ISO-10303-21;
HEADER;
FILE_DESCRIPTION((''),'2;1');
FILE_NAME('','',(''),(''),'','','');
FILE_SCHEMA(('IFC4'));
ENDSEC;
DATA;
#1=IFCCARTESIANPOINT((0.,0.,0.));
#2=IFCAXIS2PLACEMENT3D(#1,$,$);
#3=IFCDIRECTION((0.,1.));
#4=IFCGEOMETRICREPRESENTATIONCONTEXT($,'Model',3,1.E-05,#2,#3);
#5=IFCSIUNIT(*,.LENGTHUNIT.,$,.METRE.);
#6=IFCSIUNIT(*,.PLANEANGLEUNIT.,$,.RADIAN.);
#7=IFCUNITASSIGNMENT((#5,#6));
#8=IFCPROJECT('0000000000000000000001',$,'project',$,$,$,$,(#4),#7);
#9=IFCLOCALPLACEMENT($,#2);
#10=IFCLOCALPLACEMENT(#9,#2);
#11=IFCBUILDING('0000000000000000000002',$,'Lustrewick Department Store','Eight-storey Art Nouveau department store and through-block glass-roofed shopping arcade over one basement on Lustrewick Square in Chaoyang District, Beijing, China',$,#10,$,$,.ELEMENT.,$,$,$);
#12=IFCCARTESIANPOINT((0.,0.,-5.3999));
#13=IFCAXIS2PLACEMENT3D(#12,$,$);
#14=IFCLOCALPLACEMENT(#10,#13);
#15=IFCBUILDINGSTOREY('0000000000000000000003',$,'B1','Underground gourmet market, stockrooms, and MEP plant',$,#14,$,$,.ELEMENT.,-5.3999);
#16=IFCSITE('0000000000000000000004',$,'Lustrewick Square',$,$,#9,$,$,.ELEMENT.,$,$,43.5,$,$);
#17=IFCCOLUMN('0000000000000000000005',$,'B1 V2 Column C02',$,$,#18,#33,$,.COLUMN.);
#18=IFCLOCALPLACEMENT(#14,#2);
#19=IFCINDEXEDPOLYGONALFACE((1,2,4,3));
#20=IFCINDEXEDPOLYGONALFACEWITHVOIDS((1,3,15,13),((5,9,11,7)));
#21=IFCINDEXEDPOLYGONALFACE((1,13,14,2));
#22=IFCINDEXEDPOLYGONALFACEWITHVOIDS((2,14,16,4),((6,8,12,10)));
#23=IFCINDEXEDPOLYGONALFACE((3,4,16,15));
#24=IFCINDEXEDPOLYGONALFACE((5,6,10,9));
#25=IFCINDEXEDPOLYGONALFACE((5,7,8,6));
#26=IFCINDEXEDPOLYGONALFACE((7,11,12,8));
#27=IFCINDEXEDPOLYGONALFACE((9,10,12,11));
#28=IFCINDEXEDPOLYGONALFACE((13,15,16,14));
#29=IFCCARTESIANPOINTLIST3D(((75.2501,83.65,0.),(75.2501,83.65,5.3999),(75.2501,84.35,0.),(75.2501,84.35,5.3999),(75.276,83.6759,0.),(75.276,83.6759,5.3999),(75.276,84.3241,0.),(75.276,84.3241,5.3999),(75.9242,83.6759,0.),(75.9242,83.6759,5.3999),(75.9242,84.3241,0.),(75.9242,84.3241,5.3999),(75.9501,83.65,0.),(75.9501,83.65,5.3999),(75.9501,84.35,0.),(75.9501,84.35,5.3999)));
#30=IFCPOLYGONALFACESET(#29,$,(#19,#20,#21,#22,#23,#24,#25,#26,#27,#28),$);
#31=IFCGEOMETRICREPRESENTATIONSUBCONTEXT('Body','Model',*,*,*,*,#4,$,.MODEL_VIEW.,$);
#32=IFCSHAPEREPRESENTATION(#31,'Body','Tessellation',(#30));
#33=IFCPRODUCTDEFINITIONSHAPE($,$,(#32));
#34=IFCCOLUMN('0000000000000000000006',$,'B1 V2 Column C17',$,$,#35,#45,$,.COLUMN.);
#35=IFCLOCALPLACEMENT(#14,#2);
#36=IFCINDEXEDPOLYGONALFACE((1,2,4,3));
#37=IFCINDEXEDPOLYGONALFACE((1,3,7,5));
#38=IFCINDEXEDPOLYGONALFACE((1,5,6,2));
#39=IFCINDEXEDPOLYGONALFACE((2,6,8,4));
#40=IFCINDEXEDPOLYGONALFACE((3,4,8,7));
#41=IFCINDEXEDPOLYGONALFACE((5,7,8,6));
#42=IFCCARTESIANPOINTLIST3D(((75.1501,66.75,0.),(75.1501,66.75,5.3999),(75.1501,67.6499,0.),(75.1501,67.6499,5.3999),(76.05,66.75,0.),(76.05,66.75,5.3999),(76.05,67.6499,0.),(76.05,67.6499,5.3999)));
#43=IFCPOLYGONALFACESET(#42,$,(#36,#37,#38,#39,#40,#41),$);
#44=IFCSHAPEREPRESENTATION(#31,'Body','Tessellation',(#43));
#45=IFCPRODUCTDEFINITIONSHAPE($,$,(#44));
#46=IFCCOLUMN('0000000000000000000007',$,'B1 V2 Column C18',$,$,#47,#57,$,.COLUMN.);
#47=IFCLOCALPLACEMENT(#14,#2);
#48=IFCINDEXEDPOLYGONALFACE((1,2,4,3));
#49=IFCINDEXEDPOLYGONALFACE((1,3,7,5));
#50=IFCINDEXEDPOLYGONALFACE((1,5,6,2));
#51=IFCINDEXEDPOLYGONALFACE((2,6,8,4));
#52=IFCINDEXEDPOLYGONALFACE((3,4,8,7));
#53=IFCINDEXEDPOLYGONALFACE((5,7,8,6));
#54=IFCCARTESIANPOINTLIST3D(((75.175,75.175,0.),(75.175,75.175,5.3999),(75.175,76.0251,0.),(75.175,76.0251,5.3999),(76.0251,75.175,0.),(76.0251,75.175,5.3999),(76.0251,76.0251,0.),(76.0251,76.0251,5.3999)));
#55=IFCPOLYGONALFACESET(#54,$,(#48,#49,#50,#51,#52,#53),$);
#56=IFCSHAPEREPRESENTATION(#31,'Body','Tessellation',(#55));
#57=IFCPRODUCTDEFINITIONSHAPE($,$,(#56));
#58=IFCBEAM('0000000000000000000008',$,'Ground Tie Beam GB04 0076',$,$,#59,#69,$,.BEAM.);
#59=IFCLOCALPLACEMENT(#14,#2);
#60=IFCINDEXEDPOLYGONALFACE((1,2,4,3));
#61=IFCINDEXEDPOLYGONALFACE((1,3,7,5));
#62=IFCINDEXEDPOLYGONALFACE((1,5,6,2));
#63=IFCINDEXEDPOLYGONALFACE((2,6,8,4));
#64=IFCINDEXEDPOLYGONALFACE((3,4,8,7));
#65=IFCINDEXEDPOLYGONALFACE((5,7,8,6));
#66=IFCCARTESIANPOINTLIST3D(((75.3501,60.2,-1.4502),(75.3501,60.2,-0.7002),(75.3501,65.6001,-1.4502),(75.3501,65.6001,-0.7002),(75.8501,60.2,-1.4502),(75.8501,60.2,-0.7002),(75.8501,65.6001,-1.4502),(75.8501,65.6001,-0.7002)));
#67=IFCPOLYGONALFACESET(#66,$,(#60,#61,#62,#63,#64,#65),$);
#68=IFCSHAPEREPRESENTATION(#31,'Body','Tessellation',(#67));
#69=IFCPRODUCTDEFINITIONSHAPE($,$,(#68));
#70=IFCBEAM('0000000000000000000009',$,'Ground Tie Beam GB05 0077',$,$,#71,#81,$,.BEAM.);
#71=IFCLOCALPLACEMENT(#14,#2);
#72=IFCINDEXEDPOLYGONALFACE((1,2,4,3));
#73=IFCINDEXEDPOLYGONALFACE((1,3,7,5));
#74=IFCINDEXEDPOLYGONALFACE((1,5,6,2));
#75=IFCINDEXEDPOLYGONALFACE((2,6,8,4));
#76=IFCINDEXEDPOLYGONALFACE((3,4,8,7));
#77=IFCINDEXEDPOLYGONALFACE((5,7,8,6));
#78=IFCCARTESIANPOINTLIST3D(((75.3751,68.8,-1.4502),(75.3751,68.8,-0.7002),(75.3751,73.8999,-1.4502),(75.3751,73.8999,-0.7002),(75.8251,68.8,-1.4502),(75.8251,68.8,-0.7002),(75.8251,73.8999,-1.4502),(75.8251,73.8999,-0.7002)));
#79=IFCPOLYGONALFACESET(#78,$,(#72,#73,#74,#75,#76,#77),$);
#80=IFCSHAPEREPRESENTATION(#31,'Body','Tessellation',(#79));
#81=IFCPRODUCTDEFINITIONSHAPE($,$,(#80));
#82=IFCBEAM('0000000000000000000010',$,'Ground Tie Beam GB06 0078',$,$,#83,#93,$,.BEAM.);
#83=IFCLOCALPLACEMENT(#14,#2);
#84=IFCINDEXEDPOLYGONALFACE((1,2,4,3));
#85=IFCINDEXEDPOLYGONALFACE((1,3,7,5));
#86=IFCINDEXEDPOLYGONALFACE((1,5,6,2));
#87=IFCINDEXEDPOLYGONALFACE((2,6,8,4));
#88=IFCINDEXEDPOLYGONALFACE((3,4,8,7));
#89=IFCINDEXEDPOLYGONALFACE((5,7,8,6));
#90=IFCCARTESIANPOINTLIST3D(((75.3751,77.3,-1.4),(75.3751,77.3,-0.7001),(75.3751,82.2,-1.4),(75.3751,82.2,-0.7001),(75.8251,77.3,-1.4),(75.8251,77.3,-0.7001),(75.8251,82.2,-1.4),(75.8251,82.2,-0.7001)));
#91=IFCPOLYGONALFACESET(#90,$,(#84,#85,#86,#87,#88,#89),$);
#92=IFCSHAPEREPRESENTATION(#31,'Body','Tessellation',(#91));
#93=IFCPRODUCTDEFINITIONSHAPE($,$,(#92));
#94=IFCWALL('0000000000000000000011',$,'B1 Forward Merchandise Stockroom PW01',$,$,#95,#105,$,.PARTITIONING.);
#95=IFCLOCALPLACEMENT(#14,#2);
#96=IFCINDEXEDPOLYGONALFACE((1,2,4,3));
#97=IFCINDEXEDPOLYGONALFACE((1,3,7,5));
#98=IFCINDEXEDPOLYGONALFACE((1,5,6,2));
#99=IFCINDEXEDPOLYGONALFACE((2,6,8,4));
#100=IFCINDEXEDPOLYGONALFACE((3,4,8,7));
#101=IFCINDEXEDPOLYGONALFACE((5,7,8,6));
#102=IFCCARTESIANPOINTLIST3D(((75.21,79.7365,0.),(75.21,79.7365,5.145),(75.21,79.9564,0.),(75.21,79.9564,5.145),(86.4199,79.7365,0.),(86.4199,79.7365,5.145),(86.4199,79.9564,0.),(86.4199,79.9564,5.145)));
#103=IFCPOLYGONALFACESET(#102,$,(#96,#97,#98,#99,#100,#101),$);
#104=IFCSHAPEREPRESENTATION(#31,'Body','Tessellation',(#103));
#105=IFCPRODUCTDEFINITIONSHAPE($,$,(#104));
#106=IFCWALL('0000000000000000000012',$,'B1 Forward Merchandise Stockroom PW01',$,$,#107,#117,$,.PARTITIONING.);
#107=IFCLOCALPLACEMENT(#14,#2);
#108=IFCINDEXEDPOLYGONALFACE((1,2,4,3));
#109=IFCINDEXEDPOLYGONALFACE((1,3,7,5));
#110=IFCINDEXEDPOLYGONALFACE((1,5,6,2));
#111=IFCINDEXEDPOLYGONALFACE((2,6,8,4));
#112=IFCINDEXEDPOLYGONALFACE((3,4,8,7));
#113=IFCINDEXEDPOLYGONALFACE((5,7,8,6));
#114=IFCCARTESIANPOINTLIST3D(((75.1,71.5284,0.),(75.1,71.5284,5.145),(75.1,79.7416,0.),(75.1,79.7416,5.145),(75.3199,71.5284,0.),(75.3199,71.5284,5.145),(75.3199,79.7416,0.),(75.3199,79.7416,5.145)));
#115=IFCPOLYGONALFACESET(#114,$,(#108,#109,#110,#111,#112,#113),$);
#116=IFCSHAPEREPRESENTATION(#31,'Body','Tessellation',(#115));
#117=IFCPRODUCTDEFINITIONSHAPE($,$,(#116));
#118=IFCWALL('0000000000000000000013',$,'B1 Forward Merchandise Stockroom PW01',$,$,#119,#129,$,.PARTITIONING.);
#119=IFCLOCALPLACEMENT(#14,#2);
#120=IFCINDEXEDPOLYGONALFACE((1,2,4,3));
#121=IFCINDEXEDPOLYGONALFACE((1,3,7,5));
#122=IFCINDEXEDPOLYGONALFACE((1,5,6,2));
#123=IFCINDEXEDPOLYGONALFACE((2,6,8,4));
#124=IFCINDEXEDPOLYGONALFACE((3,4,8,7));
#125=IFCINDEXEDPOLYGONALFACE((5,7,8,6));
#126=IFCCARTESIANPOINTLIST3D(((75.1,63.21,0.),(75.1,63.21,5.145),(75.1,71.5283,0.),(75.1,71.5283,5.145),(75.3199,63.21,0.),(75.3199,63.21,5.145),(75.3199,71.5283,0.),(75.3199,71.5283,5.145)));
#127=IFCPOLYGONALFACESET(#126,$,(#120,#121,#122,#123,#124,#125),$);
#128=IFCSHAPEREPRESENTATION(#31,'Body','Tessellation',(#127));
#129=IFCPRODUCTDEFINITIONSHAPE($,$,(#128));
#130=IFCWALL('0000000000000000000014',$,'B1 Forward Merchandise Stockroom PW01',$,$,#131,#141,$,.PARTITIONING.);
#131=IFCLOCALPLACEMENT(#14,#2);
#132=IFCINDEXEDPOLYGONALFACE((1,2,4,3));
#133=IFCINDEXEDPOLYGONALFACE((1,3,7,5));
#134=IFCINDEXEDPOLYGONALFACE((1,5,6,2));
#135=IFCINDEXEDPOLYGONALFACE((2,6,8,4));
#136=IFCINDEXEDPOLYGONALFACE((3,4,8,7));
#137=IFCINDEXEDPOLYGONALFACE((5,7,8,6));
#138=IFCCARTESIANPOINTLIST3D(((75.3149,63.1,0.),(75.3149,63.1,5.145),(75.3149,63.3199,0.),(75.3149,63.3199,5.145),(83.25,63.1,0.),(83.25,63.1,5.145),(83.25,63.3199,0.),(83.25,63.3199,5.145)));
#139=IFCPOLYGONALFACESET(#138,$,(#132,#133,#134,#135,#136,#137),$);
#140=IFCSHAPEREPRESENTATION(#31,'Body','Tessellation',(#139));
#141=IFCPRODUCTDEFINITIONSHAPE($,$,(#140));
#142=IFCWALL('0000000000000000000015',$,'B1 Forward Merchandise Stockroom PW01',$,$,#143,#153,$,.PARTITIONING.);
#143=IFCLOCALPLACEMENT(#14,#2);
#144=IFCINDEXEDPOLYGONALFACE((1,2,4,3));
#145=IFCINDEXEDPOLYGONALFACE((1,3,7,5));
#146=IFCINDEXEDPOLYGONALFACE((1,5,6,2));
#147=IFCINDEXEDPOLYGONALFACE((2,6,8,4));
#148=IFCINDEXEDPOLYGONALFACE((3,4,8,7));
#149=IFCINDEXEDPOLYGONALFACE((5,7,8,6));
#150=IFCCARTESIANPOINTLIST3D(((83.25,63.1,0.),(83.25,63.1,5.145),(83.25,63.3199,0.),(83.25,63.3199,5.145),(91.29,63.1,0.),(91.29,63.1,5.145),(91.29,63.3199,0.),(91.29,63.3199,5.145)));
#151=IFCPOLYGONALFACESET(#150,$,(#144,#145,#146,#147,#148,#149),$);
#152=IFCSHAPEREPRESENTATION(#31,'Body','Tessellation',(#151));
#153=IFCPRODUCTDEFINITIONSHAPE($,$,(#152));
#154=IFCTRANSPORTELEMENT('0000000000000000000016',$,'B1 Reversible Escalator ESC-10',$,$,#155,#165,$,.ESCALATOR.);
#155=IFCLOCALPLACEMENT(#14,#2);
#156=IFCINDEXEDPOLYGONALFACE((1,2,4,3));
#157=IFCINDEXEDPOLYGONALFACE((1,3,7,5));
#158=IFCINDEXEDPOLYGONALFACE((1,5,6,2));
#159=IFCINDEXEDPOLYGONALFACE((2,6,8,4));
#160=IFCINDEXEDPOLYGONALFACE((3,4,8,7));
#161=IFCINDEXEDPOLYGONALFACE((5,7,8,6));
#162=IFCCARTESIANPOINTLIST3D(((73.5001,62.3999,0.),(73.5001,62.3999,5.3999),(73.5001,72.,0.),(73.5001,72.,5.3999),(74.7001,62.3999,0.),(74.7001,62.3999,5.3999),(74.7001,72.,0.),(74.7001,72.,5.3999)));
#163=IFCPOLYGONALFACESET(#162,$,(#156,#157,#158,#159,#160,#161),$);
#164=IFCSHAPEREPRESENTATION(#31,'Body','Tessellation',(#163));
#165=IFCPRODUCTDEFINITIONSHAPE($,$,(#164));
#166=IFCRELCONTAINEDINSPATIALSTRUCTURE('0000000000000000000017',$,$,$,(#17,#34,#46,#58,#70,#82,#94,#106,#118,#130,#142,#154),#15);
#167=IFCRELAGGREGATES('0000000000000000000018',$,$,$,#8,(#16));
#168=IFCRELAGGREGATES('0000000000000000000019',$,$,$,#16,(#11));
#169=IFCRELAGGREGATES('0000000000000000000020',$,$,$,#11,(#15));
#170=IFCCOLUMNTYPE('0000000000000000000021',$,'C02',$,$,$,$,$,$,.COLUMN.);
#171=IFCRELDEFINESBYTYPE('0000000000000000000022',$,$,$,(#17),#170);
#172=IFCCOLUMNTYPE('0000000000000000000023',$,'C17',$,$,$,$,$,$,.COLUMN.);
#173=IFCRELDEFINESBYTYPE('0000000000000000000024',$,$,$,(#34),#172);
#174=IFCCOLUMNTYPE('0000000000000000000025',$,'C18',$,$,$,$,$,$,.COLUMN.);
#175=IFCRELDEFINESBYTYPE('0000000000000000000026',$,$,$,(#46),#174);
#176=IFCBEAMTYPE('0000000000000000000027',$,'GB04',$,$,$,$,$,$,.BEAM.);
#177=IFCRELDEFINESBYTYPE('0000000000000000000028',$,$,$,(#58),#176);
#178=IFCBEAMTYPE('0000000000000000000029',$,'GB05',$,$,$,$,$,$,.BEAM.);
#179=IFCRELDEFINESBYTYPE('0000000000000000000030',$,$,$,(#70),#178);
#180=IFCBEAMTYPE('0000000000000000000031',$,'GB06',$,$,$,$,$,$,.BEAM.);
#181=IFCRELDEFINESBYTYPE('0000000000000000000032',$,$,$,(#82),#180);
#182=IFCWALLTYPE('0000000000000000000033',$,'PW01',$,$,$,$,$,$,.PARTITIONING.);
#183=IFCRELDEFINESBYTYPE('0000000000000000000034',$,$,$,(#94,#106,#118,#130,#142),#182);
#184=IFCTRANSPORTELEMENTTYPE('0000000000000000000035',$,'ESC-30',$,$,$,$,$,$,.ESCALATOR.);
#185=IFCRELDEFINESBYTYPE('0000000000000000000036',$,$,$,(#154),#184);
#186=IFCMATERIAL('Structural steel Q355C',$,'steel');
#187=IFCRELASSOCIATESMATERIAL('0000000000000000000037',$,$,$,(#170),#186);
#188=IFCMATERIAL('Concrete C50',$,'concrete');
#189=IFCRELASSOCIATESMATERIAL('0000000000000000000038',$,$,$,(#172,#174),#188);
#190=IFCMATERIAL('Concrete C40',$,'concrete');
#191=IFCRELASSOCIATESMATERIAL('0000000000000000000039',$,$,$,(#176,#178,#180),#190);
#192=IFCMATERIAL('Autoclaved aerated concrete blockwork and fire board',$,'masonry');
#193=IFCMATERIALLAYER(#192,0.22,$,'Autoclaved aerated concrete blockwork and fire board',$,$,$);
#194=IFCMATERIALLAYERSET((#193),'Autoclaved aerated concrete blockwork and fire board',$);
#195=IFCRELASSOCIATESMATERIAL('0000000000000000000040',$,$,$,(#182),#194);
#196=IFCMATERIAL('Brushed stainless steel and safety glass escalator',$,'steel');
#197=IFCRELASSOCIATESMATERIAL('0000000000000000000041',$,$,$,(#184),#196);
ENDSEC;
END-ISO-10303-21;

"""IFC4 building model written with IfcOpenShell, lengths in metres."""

from ifc_helpers import new_model, si_unit, direction, frame, frame_2d, origin, origin_2d, place, context, subcontext, project, spatial, rectangle, hollow_rectangle, extrude, material, layer, layer_set, material_profile, profile_set, type_object, element, save


model = new_model("IFC4")

# Units and contexts
model_context = context("Model", 3, precision=1e-05, world=origin(), true_north=direction((0.0, 1.0)))
body_context = subcontext(model_context, "Body", "Model", "MODEL_VIEW")
ifc_project = project(units=[si_unit("LENGTHUNIT", "METRE"), si_unit("PLANEANGLEUNIT", "RADIAN")], contexts=[model_context])

# Site, building, storey
site_placement = place(None, origin())
site = spatial("IfcSite", under=ifc_project, at=site_placement, Name="Lustrewick Square", CompositionType="ELEMENT", RefElevation=43.5)
building_placement = place(site_placement, origin())
building = spatial("IfcBuilding", under=site, at=building_placement, Name="Lustrewick Department Store", Description="Eight-storey Art Nouveau department store and through-block glass-roofed shopping arcade over one basement on Lustrewick Square in Chaoyang District, Beijing, China", CompositionType="ELEMENT")
storey_placement = place(building_placement, frame((0.0, 0.0, -5.3999)))
storey = spatial("IfcBuildingStorey", under=building, at=storey_placement, Name="B1", Description="Underground gourmet market, stockrooms, and MEP plant", CompositionType="ELEMENT", Elevation=-5.3999)

# Shared definitions
ifc_material_1 = material(Name="Concrete C40", Category="concrete")

# Columns
ifc_material_2 = material(Name="Structural steel Q355C", Category="steel")
ifc_material_profile_1 = material_profile(ifc_material_2, hollow_rectangle(XDim=0.7, YDim=0.7, WallThickness=0.0259, at=origin_2d()), Name="BOX 700x700x26")
ifc_profile_set_1 = profile_set([ifc_material_profile_1], Name="Structural steel Q355C")
column_type_1 = type_object("IfcColumnType", Name="C02", PredefinedType="COLUMN", material=ifc_profile_set_1)
column_1_placement = place(storey_placement, frame((75.6001, 84.0, 0.0), z_axis=(0.0, 0.0, 1.0), x_axis=(1.0, 0.0, 0.0)))
element("IfcColumn", 1, at=column_1_placement, inside=storey, type_object=column_type_1, Name="B1 V2 Column C02", PredefinedType="COLUMN", context=body_context, shape_type="SweptSolid", body=[
    extrude(hollow_rectangle(XDim=0.7, YDim=0.7, WallThickness=0.0259, at=origin_2d()), origin(), (0.0, 0.0, 1.0), 5.3999),
])
ifc_material_3 = material(Name="Concrete C50", Category="concrete")
ifc_material_profile_2 = material_profile(ifc_material_3, rectangle(XDim=0.8999, YDim=0.8999, at=origin_2d()), Name="RC 900x900")
ifc_profile_set_2 = profile_set([ifc_material_profile_2], Name="Concrete C50")
column_type_2 = type_object("IfcColumnType", Name="C17", PredefinedType="COLUMN", material=ifc_profile_set_2)
column_2_placement = place(storey_placement, frame((75.6001, 67.2, 0.0), z_axis=(0.0, 0.0, 1.0), x_axis=(1.0, 0.0, 0.0)))
element("IfcColumn", 2, at=column_2_placement, inside=storey, type_object=column_type_2, Name="B1 V2 Column C17", PredefinedType="COLUMN", context=body_context, shape_type="SweptSolid", body=[
    extrude(rectangle(XDim=0.8999, YDim=0.8999, at=origin_2d()), origin(), (0.0, 0.0, 1.0), 5.3999),
])
ifc_material_profile_3 = material_profile(ifc_material_3, rectangle(XDim=0.8501, YDim=0.8501, at=origin_2d()), Name="RC 850x850")
ifc_profile_set_3 = profile_set([ifc_material_profile_3], Name="Concrete C50")
column_type_3 = type_object("IfcColumnType", Name="C18", PredefinedType="COLUMN", material=ifc_profile_set_3)
column_3_placement = place(storey_placement, frame((75.6001, 75.6001, 0.0), z_axis=(0.0, 0.0, 1.0), x_axis=(1.0, 0.0, 0.0)))
element("IfcColumn", 3, at=column_3_placement, inside=storey, type_object=column_type_3, Name="B1 V2 Column C18", PredefinedType="COLUMN", context=body_context, shape_type="SweptSolid", body=[
    extrude(rectangle(XDim=0.8501, YDim=0.8501, at=origin_2d()), origin(), (0.0, 0.0, 1.0), 5.3999),
])

# Beams
ifc_material_profile_4 = material_profile(ifc_material_1, rectangle(XDim=0.5, YDim=0.75, at=origin_2d()), Name="RC 500x750")
ifc_profile_set_4 = profile_set([ifc_material_profile_4], Name="Concrete C40")
beam_type_1 = type_object("IfcBeamType", Name="GB04", PredefinedType="BEAM", material=ifc_profile_set_4)
beam_1_placement = place(storey_placement, frame((75.6001, 60.2, -1.0752), z_axis=(0.0, 1.0, 0.0), x_axis=(-1.0, 0.0, 0.0)))
element("IfcBeam", 4, at=beam_1_placement, inside=storey, type_object=beam_type_1, Name="Ground Tie Beam GB04 0076", PredefinedType="BEAM", context=body_context, shape_type="SweptSolid", body=[
    extrude(rectangle(XDim=0.5, YDim=0.75, at=origin_2d()), origin(), (0.0, 0.0, 1.0), 5.4001),
])
ifc_material_profile_5 = material_profile(ifc_material_1, rectangle(XDim=0.45, YDim=0.75, at=origin_2d()), Name="RC 450x750")
ifc_profile_set_5 = profile_set([ifc_material_profile_5], Name="Concrete C40")
beam_type_2 = type_object("IfcBeamType", Name="GB05", PredefinedType="BEAM", material=ifc_profile_set_5)
beam_2_placement = place(storey_placement, frame((75.6001, 68.8, -1.0752), z_axis=(0.0, 1.0, 0.0), x_axis=(-1.0, 0.0, 0.0)))
element("IfcBeam", 5, at=beam_2_placement, inside=storey, type_object=beam_type_2, Name="Ground Tie Beam GB05 0077", PredefinedType="BEAM", context=body_context, shape_type="SweptSolid", body=[
    extrude(rectangle(XDim=0.45, YDim=0.75, at=origin_2d()), origin(), (0.0, 0.0, 1.0), 5.0999),
])
ifc_material_profile_6 = material_profile(ifc_material_1, rectangle(XDim=0.45, YDim=0.7, at=origin_2d()), Name="RC 450x700")
ifc_profile_set_6 = profile_set([ifc_material_profile_6], Name="Concrete C40")
beam_type_3 = type_object("IfcBeamType", Name="GB06", PredefinedType="BEAM", material=ifc_profile_set_6)
beam_3_placement = place(storey_placement, frame((75.6001, 77.3, -1.05), z_axis=(0.0, 1.0, 0.0), x_axis=(-1.0, 0.0, 0.0)))
element("IfcBeam", 6, at=beam_3_placement, inside=storey, type_object=beam_type_3, Name="Ground Tie Beam GB06 0078", PredefinedType="BEAM", context=body_context, shape_type="SweptSolid", body=[
    extrude(rectangle(XDim=0.45, YDim=0.7, at=origin_2d()), origin(), (0.0, 0.0, 1.0), 4.8999),
])

# Walls
ifc_material_4 = material(Name="Autoclaved aerated concrete blockwork and fire board", Category="masonry")
ifc_layer = layer(ifc_material_4, 0.22, Name="Autoclaved aerated concrete blockwork and fire board")
ifc_layer_set = layer_set([ifc_layer], Name="Autoclaved aerated concrete blockwork and fire board")
wall_type = type_object("IfcWallType", Name="PW01", PredefinedType="PARTITIONING", material=ifc_layer_set)
wall_1_placement = place(storey_placement, frame((86.4199, 79.8464, 0.0), z_axis=(0.0, 0.0, 1.0), x_axis=(-1.0, 0.0, 0.0)))
element("IfcWall", 7, at=wall_1_placement, inside=storey, type_object=wall_type, Name="B1 Forward Merchandise Stockroom PW01", PredefinedType="PARTITIONING", context=body_context, shape_type="SweptSolid", body=[
    extrude(rectangle(XDim=11.21, YDim=0.22, at=frame_2d((5.605, 0.0))), origin(), (0.0, 0.0, 1.0), 5.145),
])
wall_2_placement = place(storey_placement, frame((75.21, 79.7415, 0.0), z_axis=(0.0, 0.0, 1.0), x_axis=(0.0, -1.0, 0.0)))
element("IfcWall", 8, at=wall_2_placement, inside=storey, type_object=wall_type, Name="B1 Forward Merchandise Stockroom PW01", PredefinedType="PARTITIONING", context=body_context, shape_type="SweptSolid", body=[
    extrude(rectangle(XDim=8.2131, YDim=0.22, at=frame_2d((4.1064, 0.0))), origin(), (0.0, 0.0, 1.0), 5.145),
])
wall_3_placement = place(storey_placement, frame((75.21, 71.5283, 0.0), z_axis=(0.0, 0.0, 1.0), x_axis=(0.0, -1.0, 0.0)))
element("IfcWall", 9, at=wall_3_placement, inside=storey, type_object=wall_type, Name="B1 Forward Merchandise Stockroom PW01", PredefinedType="PARTITIONING", context=body_context, shape_type="SweptSolid", body=[
    extrude(rectangle(XDim=8.3184, YDim=0.22, at=frame_2d((4.1592, 0.0))), origin(), (0.0, 0.0, 1.0), 5.145),
])
wall_4_placement = place(storey_placement, frame((75.3149, 63.21, 0.0), z_axis=(0.0, 0.0, 1.0), x_axis=(1.0, 0.0, 0.0)))
element("IfcWall", 10, at=wall_4_placement, inside=storey, type_object=wall_type, Name="B1 Forward Merchandise Stockroom PW01", PredefinedType="PARTITIONING", context=body_context, shape_type="SweptSolid", body=[
    extrude(rectangle(XDim=7.9351, YDim=0.22, at=frame_2d((3.9675, 0.0))), origin(), (0.0, 0.0, 1.0), 5.145),
])
wall_5_placement = place(storey_placement, frame((83.25, 63.21, 0.0), z_axis=(0.0, 0.0, 1.0), x_axis=(1.0, 0.0, 0.0)))
element("IfcWall", 11, at=wall_5_placement, inside=storey, type_object=wall_type, Name="B1 Forward Merchandise Stockroom PW01", PredefinedType="PARTITIONING", context=body_context, shape_type="SweptSolid", body=[
    extrude(rectangle(XDim=8.04, YDim=0.22, at=frame_2d((4.02, 0.0))), origin(), (0.0, 0.0, 1.0), 5.145),
])

# Transport element
ifc_material_5 = material(Name="Brushed stainless steel and safety glass escalator", Category="steel")
transport_element_type = type_object("IfcTransportElementType", Name="ESC-30", PredefinedType="ESCALATOR", material=ifc_material_5)
transport_element_placement = place(storey_placement, frame((74.1001, 67.2, 0.0), z_axis=(0.0, 0.0, 1.0), x_axis=(1.0, 0.0, 0.0)))
element("IfcTransportElement", 12, at=transport_element_placement, inside=storey, type_object=transport_element_type, Name="B1 Reversible Escalator ESC-10", PredefinedType="ESCALATOR", context=body_context, shape_type="SweptSolid", body=[
    extrude(rectangle(XDim=1.2, YDim=9.6001, at=origin_2d()), origin(), (0.0, 0.0, 1.0), 5.3999),
])

save(model, "model.ifc")
